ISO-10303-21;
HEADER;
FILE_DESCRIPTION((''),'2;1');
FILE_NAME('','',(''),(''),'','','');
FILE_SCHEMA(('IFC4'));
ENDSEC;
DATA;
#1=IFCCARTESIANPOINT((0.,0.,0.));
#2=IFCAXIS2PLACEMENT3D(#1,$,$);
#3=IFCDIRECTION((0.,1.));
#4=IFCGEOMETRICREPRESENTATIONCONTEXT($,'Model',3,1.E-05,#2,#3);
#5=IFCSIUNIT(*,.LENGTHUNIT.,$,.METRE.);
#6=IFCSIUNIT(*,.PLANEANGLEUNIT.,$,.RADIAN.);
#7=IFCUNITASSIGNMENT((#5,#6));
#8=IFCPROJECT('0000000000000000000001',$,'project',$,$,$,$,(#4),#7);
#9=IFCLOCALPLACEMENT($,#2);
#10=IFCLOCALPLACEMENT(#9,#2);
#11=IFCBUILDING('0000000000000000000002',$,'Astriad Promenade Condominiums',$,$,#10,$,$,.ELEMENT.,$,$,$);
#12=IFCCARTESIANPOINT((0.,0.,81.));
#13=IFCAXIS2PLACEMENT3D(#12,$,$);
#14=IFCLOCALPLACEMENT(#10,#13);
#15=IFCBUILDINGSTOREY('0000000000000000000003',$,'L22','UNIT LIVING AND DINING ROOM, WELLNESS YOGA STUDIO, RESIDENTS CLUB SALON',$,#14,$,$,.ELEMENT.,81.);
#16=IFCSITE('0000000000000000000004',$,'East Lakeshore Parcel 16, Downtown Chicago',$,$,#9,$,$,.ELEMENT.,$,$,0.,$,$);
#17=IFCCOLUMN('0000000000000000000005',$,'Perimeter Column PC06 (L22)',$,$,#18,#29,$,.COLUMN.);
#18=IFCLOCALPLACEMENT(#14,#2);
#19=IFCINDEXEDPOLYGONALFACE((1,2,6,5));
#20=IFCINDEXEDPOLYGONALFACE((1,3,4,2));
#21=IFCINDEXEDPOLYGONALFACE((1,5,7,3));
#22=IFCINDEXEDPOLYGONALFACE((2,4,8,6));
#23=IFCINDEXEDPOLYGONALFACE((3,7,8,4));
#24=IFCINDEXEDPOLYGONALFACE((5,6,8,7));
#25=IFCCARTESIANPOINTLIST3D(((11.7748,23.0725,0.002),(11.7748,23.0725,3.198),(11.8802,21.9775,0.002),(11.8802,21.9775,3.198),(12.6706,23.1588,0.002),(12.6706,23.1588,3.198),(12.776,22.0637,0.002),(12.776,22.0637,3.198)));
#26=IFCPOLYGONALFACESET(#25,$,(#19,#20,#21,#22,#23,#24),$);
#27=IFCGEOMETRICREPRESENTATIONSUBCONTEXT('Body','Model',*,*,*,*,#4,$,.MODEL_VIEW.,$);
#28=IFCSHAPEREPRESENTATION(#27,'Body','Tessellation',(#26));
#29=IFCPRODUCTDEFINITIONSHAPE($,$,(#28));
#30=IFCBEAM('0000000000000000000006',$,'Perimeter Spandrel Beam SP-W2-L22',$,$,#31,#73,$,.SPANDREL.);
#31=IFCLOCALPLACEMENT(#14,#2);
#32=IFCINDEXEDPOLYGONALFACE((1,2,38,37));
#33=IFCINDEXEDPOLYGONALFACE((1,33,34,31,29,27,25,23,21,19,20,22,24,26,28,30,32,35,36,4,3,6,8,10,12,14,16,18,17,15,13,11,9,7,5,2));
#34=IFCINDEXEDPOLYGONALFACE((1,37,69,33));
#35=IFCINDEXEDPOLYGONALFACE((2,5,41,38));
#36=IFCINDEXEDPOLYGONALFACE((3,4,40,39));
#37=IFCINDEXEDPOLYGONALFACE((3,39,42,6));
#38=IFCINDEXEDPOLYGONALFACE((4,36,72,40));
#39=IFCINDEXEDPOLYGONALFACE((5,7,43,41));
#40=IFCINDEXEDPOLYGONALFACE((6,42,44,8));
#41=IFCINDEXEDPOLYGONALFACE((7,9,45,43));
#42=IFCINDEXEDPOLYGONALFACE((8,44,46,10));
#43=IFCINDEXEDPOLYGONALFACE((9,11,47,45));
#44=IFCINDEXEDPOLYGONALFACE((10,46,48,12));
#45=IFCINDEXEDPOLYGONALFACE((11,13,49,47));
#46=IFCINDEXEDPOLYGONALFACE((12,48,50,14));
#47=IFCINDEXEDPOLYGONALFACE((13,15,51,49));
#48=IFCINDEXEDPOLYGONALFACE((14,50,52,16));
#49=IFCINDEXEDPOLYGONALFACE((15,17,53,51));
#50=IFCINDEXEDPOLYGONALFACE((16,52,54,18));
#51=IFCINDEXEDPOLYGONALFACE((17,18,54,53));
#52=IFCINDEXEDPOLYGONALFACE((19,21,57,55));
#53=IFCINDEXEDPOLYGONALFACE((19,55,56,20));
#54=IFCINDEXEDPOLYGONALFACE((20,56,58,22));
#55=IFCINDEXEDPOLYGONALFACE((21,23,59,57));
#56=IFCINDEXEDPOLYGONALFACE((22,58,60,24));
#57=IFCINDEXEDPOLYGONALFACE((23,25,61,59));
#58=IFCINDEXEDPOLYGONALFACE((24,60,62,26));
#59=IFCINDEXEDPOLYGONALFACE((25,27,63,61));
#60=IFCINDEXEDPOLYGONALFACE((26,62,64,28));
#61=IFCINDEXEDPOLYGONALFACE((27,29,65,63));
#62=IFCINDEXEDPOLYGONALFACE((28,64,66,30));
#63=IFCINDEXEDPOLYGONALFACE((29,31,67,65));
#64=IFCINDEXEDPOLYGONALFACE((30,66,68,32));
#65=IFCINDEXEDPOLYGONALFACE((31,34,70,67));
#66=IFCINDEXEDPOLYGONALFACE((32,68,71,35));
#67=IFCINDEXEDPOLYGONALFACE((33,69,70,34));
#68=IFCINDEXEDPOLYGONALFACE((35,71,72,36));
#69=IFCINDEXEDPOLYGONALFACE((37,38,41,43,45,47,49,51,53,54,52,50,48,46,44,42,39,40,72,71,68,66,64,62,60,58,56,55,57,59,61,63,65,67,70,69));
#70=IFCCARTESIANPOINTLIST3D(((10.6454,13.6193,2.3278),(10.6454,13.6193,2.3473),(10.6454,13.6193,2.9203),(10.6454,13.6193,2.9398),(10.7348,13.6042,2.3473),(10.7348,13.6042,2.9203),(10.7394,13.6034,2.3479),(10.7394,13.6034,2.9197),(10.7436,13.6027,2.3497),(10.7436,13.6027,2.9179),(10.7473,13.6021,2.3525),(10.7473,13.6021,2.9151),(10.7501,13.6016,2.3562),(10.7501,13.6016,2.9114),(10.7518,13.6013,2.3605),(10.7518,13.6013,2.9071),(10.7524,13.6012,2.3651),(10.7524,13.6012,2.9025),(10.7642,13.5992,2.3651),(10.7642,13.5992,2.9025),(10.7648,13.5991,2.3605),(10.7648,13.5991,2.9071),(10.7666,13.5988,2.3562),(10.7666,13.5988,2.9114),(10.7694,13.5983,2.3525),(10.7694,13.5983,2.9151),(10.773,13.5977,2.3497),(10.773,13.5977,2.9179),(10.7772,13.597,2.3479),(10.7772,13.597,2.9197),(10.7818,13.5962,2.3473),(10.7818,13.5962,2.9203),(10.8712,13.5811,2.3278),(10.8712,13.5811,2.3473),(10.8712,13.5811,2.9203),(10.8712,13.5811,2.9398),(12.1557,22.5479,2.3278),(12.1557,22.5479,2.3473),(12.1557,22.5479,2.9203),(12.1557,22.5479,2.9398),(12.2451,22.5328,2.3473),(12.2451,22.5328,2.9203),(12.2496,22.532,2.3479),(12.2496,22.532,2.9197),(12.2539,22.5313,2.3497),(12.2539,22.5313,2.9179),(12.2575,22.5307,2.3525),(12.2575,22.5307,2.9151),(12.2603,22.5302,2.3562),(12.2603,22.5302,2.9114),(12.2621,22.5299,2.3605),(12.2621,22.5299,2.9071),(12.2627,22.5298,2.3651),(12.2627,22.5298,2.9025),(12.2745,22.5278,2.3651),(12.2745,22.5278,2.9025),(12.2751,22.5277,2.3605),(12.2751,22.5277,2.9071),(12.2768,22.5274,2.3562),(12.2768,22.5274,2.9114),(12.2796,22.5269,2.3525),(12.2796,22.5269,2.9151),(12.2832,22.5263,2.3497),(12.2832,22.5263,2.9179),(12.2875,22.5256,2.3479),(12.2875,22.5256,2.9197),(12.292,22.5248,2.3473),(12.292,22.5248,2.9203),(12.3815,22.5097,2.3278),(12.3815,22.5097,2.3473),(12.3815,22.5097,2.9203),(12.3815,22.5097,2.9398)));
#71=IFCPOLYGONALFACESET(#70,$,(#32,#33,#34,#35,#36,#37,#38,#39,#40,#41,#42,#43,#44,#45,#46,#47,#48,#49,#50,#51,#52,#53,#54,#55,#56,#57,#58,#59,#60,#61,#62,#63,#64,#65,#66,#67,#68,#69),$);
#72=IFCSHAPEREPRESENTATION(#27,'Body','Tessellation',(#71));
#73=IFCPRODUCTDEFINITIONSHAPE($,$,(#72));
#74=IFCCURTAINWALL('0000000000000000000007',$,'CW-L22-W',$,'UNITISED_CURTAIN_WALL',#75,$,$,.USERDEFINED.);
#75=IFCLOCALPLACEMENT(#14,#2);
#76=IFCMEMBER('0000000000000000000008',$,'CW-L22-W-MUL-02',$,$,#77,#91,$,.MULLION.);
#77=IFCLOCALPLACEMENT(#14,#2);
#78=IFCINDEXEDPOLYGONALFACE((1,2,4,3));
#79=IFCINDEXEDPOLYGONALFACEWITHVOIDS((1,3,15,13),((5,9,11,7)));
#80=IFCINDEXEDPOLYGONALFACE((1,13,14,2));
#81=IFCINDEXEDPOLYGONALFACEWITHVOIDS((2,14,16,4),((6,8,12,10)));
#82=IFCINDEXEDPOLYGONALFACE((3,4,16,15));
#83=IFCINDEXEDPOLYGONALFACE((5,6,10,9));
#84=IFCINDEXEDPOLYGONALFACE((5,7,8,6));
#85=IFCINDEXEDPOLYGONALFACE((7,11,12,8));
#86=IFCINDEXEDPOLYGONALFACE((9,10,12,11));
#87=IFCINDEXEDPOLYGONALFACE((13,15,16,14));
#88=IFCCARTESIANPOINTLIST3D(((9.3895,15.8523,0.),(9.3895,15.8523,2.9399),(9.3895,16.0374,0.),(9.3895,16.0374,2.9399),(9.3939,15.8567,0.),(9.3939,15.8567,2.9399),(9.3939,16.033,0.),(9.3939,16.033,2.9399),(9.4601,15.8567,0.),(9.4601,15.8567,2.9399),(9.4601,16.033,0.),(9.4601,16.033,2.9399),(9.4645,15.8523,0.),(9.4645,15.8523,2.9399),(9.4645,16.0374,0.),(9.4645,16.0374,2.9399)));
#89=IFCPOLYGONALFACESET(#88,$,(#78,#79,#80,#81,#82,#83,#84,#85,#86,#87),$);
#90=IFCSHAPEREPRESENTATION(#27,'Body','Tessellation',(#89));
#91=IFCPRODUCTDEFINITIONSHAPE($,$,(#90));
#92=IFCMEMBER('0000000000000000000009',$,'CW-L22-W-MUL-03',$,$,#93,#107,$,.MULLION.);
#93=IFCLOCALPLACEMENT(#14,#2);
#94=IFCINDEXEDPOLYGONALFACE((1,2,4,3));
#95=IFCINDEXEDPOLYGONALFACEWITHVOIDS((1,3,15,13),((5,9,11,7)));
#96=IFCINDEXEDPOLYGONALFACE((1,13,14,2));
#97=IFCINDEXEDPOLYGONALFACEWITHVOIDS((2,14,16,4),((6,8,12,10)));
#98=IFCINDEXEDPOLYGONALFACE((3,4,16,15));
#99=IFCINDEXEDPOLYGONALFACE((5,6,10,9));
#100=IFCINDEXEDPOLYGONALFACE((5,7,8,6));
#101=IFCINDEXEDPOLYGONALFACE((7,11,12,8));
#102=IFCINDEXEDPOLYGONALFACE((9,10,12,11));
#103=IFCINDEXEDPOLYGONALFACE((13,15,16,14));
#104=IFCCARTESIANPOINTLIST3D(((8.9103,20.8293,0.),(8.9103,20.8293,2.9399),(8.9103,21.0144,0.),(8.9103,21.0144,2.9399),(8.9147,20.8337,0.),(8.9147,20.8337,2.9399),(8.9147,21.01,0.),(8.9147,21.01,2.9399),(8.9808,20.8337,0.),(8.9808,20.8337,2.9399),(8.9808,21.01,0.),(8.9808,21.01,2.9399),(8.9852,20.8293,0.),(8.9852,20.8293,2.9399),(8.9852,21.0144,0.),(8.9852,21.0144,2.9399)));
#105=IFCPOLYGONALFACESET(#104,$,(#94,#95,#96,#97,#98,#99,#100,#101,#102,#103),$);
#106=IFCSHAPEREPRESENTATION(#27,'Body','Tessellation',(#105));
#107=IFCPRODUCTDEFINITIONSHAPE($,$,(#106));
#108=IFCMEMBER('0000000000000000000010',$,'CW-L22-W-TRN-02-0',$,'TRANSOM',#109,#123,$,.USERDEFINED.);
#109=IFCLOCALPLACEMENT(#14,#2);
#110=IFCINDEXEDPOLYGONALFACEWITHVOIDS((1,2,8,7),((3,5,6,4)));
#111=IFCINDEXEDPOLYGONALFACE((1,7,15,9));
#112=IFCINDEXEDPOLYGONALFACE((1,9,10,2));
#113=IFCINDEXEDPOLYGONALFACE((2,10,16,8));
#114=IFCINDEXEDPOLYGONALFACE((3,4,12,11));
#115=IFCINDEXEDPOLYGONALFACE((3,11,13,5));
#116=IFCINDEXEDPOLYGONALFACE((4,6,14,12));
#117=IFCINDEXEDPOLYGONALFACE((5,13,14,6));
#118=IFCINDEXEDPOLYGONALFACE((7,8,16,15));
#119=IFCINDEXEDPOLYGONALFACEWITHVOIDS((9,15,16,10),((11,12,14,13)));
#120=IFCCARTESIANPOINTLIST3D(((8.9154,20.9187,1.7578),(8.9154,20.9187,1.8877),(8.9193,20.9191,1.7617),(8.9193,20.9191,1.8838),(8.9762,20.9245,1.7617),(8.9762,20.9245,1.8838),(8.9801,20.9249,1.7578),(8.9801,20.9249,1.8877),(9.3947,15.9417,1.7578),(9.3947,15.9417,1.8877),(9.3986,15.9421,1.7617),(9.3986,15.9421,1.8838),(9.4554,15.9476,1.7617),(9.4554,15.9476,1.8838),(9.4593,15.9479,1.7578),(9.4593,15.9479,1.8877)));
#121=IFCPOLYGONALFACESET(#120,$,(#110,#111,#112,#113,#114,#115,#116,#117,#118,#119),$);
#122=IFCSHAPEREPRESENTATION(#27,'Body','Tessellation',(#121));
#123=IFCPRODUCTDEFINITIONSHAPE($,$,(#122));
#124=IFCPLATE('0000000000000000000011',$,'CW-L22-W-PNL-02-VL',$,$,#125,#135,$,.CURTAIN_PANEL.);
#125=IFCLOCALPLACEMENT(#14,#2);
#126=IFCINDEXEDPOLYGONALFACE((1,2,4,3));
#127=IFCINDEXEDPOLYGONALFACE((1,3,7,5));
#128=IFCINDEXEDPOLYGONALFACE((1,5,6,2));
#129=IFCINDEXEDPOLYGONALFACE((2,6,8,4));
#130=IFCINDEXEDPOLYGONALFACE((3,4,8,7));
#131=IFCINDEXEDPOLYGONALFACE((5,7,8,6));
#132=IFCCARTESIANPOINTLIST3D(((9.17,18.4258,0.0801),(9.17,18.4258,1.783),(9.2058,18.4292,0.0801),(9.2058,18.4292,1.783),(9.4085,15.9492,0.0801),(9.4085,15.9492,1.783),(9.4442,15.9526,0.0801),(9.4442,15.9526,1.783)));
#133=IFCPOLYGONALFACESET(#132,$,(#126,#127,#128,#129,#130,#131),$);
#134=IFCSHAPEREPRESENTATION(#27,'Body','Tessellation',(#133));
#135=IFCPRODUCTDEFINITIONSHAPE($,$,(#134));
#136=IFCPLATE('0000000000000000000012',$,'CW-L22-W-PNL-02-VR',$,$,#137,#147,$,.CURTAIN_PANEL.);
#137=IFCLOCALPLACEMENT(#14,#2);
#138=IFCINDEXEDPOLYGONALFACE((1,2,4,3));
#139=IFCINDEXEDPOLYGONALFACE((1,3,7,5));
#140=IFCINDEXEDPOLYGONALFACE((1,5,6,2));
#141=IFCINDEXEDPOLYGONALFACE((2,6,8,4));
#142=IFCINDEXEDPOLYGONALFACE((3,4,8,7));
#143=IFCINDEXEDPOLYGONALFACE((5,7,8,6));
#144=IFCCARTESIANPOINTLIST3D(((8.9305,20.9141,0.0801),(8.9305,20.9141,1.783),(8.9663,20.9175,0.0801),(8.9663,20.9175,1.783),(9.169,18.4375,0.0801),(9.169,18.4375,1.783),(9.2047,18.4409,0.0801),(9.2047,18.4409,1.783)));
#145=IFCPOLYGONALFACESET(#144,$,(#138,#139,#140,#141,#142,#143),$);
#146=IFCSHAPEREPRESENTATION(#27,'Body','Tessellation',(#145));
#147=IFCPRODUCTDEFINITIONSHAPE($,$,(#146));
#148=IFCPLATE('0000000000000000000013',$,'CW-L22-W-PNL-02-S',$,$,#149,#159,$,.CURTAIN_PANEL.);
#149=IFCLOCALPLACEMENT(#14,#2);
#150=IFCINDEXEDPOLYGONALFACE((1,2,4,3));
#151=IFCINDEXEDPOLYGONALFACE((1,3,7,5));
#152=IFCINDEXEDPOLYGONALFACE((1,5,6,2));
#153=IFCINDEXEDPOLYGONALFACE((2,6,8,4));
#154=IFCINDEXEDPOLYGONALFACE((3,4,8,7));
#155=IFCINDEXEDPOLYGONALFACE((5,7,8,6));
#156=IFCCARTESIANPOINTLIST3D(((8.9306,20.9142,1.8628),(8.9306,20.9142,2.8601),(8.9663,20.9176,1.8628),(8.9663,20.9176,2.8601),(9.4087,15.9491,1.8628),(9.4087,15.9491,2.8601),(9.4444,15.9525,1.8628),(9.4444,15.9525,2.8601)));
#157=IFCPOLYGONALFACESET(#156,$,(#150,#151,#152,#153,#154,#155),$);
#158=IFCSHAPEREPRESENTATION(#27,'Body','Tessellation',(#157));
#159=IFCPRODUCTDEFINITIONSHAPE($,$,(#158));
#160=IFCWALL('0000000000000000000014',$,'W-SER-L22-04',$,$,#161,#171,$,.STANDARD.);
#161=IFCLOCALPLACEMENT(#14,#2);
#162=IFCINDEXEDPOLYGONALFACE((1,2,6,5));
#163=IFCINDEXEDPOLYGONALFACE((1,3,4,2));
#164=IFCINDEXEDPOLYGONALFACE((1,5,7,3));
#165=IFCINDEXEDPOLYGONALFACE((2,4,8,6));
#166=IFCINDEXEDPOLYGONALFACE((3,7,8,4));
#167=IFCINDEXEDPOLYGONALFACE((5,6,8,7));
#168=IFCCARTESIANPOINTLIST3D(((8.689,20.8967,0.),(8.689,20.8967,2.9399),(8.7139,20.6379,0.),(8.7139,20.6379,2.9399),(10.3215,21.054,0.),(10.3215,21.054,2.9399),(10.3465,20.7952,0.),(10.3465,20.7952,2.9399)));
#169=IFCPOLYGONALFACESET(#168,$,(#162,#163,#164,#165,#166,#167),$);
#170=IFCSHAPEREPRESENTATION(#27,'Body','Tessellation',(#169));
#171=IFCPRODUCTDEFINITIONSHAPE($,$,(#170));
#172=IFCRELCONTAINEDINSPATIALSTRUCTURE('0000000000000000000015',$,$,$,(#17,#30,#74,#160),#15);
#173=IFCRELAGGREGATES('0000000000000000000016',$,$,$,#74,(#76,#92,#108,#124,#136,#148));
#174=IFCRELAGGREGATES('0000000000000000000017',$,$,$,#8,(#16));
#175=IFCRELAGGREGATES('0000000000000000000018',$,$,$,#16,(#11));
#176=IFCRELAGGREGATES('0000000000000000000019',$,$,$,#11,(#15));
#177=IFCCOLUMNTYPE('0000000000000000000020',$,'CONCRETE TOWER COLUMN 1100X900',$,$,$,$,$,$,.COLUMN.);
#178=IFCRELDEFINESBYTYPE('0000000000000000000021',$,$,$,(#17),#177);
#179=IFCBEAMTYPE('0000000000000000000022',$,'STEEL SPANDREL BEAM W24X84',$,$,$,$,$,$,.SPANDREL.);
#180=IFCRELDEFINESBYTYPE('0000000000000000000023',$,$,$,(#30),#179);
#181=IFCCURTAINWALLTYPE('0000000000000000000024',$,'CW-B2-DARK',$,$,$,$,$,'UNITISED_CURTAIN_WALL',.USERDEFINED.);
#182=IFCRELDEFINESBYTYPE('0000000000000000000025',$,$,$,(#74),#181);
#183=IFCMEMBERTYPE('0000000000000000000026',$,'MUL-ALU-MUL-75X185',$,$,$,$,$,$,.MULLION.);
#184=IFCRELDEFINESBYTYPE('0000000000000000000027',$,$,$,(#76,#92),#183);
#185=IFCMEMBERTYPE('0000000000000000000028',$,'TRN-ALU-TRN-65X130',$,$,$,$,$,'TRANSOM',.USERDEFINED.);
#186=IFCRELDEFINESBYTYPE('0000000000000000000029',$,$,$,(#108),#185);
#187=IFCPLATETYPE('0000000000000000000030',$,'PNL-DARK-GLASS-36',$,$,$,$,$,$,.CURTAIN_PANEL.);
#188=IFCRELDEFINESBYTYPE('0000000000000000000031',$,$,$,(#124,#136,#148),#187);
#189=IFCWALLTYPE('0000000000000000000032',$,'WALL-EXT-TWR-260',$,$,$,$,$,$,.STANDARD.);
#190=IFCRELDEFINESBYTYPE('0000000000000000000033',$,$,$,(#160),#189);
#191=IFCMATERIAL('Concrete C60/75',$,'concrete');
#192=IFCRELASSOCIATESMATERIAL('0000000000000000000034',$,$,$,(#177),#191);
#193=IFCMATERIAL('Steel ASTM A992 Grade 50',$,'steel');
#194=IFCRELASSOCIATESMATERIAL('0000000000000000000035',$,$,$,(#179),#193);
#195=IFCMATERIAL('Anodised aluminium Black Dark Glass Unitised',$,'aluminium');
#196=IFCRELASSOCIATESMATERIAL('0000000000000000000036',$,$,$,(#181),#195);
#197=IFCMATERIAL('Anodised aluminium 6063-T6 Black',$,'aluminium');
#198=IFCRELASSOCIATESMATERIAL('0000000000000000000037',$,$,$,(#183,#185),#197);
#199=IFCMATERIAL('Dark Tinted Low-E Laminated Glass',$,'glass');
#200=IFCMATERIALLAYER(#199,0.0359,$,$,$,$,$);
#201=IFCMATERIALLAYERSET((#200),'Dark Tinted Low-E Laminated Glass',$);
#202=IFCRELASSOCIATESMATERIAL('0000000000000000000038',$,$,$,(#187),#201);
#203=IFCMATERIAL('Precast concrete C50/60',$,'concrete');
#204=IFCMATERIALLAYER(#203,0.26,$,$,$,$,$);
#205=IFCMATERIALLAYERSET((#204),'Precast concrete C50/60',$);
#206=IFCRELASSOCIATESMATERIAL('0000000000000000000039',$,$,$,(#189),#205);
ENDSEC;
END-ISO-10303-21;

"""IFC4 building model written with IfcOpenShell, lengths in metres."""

from ifc_helpers import new_model, si_unit, direction, frame, frame_2d, origin, origin_2d, place, context, subcontext, project, spatial, rectangle, hollow_rectangle, i_section, extrude, source, transform, mapped, material, layer, layer_set, material_profile, profile_set, type_object, type_shapes, element, aggregate, save


model = new_model("IFC4")

# Units and contexts
model_context = context("Model", 3, precision=1e-05, world=origin(), true_north=direction((0.0, 1.0)))
body_context = subcontext(model_context, "Body", "Model", "MODEL_VIEW")
ifc_project = project(units=[si_unit("LENGTHUNIT", "METRE"), si_unit("PLANEANGLEUNIT", "RADIAN")], contexts=[model_context])

# Site, building, storey
site_placement = place(None, origin())
site = spatial("IfcSite", under=ifc_project, at=site_placement, Name="East Lakeshore Parcel 16, Downtown Chicago", CompositionType="ELEMENT", RefElevation=0.0)
building_placement = place(site_placement, origin())
building = spatial("IfcBuilding", under=site, at=building_placement, Name="Astriad Promenade Condominiums", CompositionType="ELEMENT")
storey_placement = place(building_placement, frame((0.0, 0.0, 81.0)))
storey = spatial("IfcBuildingStorey", under=building, at=storey_placement, Name="L22", Description="UNIT LIVING AND DINING ROOM, WELLNESS YOGA STUDIO, RESIDENTS CLUB SALON", CompositionType="ELEMENT", Elevation=81.0)

# Column
ifc_material_1 = material(Name="Concrete C60/75", Category="concrete")
ifc_material_profile_1 = material_profile(ifc_material_1, rectangle(XDim=0.8999, YDim=1.1001, at=origin_2d()), Name="RC-COL-1100X900")
ifc_profile_set_1 = profile_set([ifc_material_profile_1], Name="Concrete C60/75")
column_type = type_object("IfcColumnType", Name="CONCRETE TOWER COLUMN 1100X900", PredefinedType="COLUMN", material=ifc_profile_set_1)
shared_shape_1 = source(origin(), body_context, "Body", "SweptSolid", [
    extrude(rectangle(XDim=0.8999, YDim=1.1001, at=origin_2d()), origin(), (0.0, 0.0, 1.0), 3.196),
])
type_shapes(column_type, [shared_shape_1])
column_placement = place(storey_placement, frame((12.2754, 22.5681, 0.002), z_axis=(0.0, 0.0, 1.0), x_axis=(0.995396, 0.095846, 0.0)))
element("IfcColumn", 1, at=column_placement, inside=storey, type_object=column_type, Name="Perimeter Column PC06 (L22)", PredefinedType="COLUMN", context=body_context, shape_type="MappedRepresentation", body=[
    mapped(shared_shape_1, transform((0.0, 0.0, 0.0), scale=1.0)),
])

# Beam
ifc_material_2 = material(Name="Steel ASTM A992 Grade 50", Category="steel")
ifc_material_profile_2 = material_profile(ifc_material_2, i_section(OverallWidth=0.229, OverallDepth=0.6121, WebThickness=0.012, FlangeThickness=0.0195, FilletRadius=0.0178, at=origin_2d()), Name="W24X84")
ifc_profile_set_2 = profile_set([ifc_material_profile_2], Name="Steel ASTM A992 Grade 50")
beam_type = type_object("IfcBeamType", Name="STEEL SPANDREL BEAM W24X84", PredefinedType="SPANDREL", material=ifc_profile_set_2)
shared_shape_2 = source(origin(), body_context, "Body", "SweptSolid", [
    extrude(i_section(OverallWidth=0.229, OverallDepth=0.6121, WebThickness=0.012, FlangeThickness=0.0195, FilletRadius=0.0178, at=origin_2d()), origin(), (0.0, 0.0, 1.0), 9.0554),
])
type_shapes(beam_type, [shared_shape_2])
beam_placement = place(storey_placement, frame((12.2686, 22.5288, 2.6338), z_axis=(-0.166777, -0.985995, 0.0), x_axis=(0.985995, -0.166777, 0.0)))
element("IfcBeam", 2, at=beam_placement, inside=storey, type_object=beam_type, Name="Perimeter Spandrel Beam SP-W2-L22", PredefinedType="SPANDREL", context=body_context, shape_type="MappedRepresentation", body=[
    mapped(shared_shape_2, transform((0.0, 0.0, 0.0), scale=1.0)),
])

# Curtain wall, members, plates
ifc_material_3 = material(Name="Anodised aluminium Black Dark Glass Unitised", Category="aluminium")
curtain_wall_type = type_object("IfcCurtainWallType", Name="CW-B2-DARK", ElementType="UNITISED_CURTAIN_WALL", PredefinedType="USERDEFINED", material=ifc_material_3)
curtain_wall_placement = place(storey_placement, origin())
curtain_wall = element("IfcCurtainWall", 3, at=curtain_wall_placement, inside=storey, type_object=curtain_wall_type, Name="CW-L22-W", ObjectType="UNITISED_CURTAIN_WALL", PredefinedType="USERDEFINED")
ifc_material_4 = material(Name="Anodised aluminium 6063-T6 Black", Category="aluminium")
ifc_material_profile_3 = material_profile(ifc_material_4, hollow_rectangle(XDim=0.075, YDim=0.1851, WallThickness=0.0044, at=origin_2d()), Name="ALU-MUL-75X185")
ifc_profile_set_3 = profile_set([ifc_material_profile_3], Name="Anodised aluminium 6063-T6 Black")
member_type_1 = type_object("IfcMemberType", Name="MUL-ALU-MUL-75X185", PredefinedType="MULLION", material=ifc_profile_set_3)
shared_shape_3 = source(origin(), body_context, "Body", "SweptSolid", [
    extrude(hollow_rectangle(XDim=0.075, YDim=0.1851, WallThickness=0.0044, at=origin_2d()), origin(), (0.0, 0.0, 1.0), 2.9399),
])
type_shapes(member_type_1, [shared_shape_3])
member_1_placement = place(storey_placement, frame((9.427, 15.9448, 0.0), z_axis=(0.0, 0.0, 1.0), x_axis=(1.0, 0.0, 0.0)))
member_1 = element("IfcMember", 4, at=member_1_placement, type_object=member_type_1, Name="CW-L22-W-MUL-02", PredefinedType="MULLION", context=body_context, shape_type="MappedRepresentation", body=[
    mapped(shared_shape_3, transform((0.0, 0.0, 0.0), scale=1.0)),
])
member_2_placement = place(storey_placement, frame((8.9478, 20.9219, 0.0), z_axis=(0.0, 0.0, 1.0), x_axis=(1.0, 0.0, 0.0)))
member_2 = element("IfcMember", 5, at=member_2_placement, type_object=member_type_1, Name="CW-L22-W-MUL-03", PredefinedType="MULLION", context=body_context, shape_type="MappedRepresentation", body=[
    mapped(shared_shape_3, transform((0.0, 0.0, 0.0), scale=1.0)),
])
ifc_material_profile_4 = material_profile(ifc_material_4, hollow_rectangle(XDim=0.0649, YDim=0.1299, WallThickness=0.0039, at=origin_2d()), Name="ALU-TRN-65X130")
ifc_profile_set_4 = profile_set([ifc_material_profile_4], Name="Anodised aluminium 6063-T6 Black")
member_type_2 = type_object("IfcMemberType", Name="TRN-ALU-TRN-65X130", ElementType="TRANSOM", PredefinedType="USERDEFINED", material=ifc_profile_set_4)
shared_shape_4 = source(origin(), body_context, "Body", "SweptSolid", [
    extrude(hollow_rectangle(XDim=0.0649, YDim=0.1299, WallThickness=0.0039, at=origin_2d()), origin(), (0.0, 0.0, 1.0), 5.0),
])
type_shapes(member_type_2, [shared_shape_4])
member_3_placement = place(storey_placement, frame((9.427, 15.9448, 1.8228), z_axis=(-0.095848, 0.995396, 0.0), x_axis=(-0.995396, -0.095848, 0.0)))
member_3 = element("IfcMember", 6, at=member_3_placement, type_object=member_type_2, Name="CW-L22-W-TRN-02-0", ObjectType="TRANSOM", PredefinedType="USERDEFINED", context=body_context, shape_type="MappedRepresentation", body=[
    mapped(shared_shape_4, transform((0.0, 0.0, 0.0), scale=1.0)),
])
ifc_material_5 = material(Name="Dark Tinted Low-E Laminated Glass", Category="glass")
ifc_layer_1 = layer(ifc_material_5, 0.0359)
ifc_layer_set_1 = layer_set([ifc_layer_1], Name="Dark Tinted Low-E Laminated Glass")
plate_type = type_object("IfcPlateType", Name="PNL-DARK-GLASS-36", PredefinedType="CURTAIN_PANEL", material=ifc_layer_set_1)
shared_shape_5 = source(origin(), body_context, "Body", "SweptSolid", [
    extrude(rectangle(XDim=2.488, YDim=0.0359, at=origin_2d()), origin(), (0.0, 0.0, 1.0), 1.7029),
])
plate_1_placement = place(storey_placement, frame((9.3071, 17.1892, 0.0801), z_axis=(0.0, 0.0, 1.0), x_axis=(-0.095846, 0.995396, 0.0)))
plate_1 = element("IfcPlate", 7, at=plate_1_placement, type_object=plate_type, Name="CW-L22-W-PNL-02-VL", PredefinedType="CURTAIN_PANEL", context=body_context, shape_type="MappedRepresentation", body=[
    mapped(shared_shape_5, transform((0.0, 0.0, 0.0), scale=1.0)),
])
plate_2_placement = place(storey_placement, frame((9.0676, 19.6775, 0.0801), z_axis=(0.0, 0.0, 1.0), x_axis=(-0.095846, 0.995396, 0.0)))
plate_2 = element("IfcPlate", 8, at=plate_2_placement, type_object=plate_type, Name="CW-L22-W-PNL-02-VR", PredefinedType="CURTAIN_PANEL", context=body_context, shape_type="MappedRepresentation", body=[
    mapped(shared_shape_5, transform((0.0, 0.0, 0.0), scale=1.0)),
])
shared_shape_6 = source(origin(), body_context, "Body", "SweptSolid", [
    extrude(rectangle(XDim=4.988, YDim=0.0359, at=origin_2d()), origin(), (0.0, 0.0, 1.0), 0.9973),
])
type_shapes(plate_type, [shared_shape_5, shared_shape_6])
plate_3_placement = place(storey_placement, frame((9.1875, 18.4333, 1.8628), z_axis=(0.0, 0.0, 1.0), x_axis=(-0.095846, 0.995396, 0.0)))
plate_3 = element("IfcPlate", 9, at=plate_3_placement, type_object=plate_type, Name="CW-L22-W-PNL-02-S", PredefinedType="CURTAIN_PANEL", context=body_context, shape_type="MappedRepresentation", body=[
    mapped(shared_shape_6, transform((0.0, 0.0, 0.0), scale=1.0)),
])
aggregate(curtain_wall, [member_1, member_2, member_3, plate_1, plate_2, plate_3])

# Wall
ifc_material_6 = material(Name="Precast concrete C50/60", Category="concrete")
ifc_layer_2 = layer(ifc_material_6, 0.26)
ifc_layer_set_2 = layer_set([ifc_layer_2], Name="Precast concrete C50/60")
wall_type_1 = type_object("IfcWallType", Name="WALL-EXT-TWR-260", PredefinedType="STANDARD", material=ifc_layer_set_2)
wall_1_placement = place(storey_placement, frame((8.7014, 20.7673, 0.0), z_axis=(0.0, 0.0, 1.0), x_axis=(0.995395, 0.095863, 0.0)))
element("IfcWall", 10, at=wall_1_placement, inside=storey, type_object=wall_type_1, Name="W-SER-L22-04", PredefinedType="STANDARD", context=body_context, shape_type="SweptSolid", body=[
    extrude(rectangle(XDim=1.6401, YDim=0.26, at=frame_2d((0.8201, 0.0))), origin(), (0.0, 0.0, 1.0), 2.9399),
])

save(model, "model.ifc")
